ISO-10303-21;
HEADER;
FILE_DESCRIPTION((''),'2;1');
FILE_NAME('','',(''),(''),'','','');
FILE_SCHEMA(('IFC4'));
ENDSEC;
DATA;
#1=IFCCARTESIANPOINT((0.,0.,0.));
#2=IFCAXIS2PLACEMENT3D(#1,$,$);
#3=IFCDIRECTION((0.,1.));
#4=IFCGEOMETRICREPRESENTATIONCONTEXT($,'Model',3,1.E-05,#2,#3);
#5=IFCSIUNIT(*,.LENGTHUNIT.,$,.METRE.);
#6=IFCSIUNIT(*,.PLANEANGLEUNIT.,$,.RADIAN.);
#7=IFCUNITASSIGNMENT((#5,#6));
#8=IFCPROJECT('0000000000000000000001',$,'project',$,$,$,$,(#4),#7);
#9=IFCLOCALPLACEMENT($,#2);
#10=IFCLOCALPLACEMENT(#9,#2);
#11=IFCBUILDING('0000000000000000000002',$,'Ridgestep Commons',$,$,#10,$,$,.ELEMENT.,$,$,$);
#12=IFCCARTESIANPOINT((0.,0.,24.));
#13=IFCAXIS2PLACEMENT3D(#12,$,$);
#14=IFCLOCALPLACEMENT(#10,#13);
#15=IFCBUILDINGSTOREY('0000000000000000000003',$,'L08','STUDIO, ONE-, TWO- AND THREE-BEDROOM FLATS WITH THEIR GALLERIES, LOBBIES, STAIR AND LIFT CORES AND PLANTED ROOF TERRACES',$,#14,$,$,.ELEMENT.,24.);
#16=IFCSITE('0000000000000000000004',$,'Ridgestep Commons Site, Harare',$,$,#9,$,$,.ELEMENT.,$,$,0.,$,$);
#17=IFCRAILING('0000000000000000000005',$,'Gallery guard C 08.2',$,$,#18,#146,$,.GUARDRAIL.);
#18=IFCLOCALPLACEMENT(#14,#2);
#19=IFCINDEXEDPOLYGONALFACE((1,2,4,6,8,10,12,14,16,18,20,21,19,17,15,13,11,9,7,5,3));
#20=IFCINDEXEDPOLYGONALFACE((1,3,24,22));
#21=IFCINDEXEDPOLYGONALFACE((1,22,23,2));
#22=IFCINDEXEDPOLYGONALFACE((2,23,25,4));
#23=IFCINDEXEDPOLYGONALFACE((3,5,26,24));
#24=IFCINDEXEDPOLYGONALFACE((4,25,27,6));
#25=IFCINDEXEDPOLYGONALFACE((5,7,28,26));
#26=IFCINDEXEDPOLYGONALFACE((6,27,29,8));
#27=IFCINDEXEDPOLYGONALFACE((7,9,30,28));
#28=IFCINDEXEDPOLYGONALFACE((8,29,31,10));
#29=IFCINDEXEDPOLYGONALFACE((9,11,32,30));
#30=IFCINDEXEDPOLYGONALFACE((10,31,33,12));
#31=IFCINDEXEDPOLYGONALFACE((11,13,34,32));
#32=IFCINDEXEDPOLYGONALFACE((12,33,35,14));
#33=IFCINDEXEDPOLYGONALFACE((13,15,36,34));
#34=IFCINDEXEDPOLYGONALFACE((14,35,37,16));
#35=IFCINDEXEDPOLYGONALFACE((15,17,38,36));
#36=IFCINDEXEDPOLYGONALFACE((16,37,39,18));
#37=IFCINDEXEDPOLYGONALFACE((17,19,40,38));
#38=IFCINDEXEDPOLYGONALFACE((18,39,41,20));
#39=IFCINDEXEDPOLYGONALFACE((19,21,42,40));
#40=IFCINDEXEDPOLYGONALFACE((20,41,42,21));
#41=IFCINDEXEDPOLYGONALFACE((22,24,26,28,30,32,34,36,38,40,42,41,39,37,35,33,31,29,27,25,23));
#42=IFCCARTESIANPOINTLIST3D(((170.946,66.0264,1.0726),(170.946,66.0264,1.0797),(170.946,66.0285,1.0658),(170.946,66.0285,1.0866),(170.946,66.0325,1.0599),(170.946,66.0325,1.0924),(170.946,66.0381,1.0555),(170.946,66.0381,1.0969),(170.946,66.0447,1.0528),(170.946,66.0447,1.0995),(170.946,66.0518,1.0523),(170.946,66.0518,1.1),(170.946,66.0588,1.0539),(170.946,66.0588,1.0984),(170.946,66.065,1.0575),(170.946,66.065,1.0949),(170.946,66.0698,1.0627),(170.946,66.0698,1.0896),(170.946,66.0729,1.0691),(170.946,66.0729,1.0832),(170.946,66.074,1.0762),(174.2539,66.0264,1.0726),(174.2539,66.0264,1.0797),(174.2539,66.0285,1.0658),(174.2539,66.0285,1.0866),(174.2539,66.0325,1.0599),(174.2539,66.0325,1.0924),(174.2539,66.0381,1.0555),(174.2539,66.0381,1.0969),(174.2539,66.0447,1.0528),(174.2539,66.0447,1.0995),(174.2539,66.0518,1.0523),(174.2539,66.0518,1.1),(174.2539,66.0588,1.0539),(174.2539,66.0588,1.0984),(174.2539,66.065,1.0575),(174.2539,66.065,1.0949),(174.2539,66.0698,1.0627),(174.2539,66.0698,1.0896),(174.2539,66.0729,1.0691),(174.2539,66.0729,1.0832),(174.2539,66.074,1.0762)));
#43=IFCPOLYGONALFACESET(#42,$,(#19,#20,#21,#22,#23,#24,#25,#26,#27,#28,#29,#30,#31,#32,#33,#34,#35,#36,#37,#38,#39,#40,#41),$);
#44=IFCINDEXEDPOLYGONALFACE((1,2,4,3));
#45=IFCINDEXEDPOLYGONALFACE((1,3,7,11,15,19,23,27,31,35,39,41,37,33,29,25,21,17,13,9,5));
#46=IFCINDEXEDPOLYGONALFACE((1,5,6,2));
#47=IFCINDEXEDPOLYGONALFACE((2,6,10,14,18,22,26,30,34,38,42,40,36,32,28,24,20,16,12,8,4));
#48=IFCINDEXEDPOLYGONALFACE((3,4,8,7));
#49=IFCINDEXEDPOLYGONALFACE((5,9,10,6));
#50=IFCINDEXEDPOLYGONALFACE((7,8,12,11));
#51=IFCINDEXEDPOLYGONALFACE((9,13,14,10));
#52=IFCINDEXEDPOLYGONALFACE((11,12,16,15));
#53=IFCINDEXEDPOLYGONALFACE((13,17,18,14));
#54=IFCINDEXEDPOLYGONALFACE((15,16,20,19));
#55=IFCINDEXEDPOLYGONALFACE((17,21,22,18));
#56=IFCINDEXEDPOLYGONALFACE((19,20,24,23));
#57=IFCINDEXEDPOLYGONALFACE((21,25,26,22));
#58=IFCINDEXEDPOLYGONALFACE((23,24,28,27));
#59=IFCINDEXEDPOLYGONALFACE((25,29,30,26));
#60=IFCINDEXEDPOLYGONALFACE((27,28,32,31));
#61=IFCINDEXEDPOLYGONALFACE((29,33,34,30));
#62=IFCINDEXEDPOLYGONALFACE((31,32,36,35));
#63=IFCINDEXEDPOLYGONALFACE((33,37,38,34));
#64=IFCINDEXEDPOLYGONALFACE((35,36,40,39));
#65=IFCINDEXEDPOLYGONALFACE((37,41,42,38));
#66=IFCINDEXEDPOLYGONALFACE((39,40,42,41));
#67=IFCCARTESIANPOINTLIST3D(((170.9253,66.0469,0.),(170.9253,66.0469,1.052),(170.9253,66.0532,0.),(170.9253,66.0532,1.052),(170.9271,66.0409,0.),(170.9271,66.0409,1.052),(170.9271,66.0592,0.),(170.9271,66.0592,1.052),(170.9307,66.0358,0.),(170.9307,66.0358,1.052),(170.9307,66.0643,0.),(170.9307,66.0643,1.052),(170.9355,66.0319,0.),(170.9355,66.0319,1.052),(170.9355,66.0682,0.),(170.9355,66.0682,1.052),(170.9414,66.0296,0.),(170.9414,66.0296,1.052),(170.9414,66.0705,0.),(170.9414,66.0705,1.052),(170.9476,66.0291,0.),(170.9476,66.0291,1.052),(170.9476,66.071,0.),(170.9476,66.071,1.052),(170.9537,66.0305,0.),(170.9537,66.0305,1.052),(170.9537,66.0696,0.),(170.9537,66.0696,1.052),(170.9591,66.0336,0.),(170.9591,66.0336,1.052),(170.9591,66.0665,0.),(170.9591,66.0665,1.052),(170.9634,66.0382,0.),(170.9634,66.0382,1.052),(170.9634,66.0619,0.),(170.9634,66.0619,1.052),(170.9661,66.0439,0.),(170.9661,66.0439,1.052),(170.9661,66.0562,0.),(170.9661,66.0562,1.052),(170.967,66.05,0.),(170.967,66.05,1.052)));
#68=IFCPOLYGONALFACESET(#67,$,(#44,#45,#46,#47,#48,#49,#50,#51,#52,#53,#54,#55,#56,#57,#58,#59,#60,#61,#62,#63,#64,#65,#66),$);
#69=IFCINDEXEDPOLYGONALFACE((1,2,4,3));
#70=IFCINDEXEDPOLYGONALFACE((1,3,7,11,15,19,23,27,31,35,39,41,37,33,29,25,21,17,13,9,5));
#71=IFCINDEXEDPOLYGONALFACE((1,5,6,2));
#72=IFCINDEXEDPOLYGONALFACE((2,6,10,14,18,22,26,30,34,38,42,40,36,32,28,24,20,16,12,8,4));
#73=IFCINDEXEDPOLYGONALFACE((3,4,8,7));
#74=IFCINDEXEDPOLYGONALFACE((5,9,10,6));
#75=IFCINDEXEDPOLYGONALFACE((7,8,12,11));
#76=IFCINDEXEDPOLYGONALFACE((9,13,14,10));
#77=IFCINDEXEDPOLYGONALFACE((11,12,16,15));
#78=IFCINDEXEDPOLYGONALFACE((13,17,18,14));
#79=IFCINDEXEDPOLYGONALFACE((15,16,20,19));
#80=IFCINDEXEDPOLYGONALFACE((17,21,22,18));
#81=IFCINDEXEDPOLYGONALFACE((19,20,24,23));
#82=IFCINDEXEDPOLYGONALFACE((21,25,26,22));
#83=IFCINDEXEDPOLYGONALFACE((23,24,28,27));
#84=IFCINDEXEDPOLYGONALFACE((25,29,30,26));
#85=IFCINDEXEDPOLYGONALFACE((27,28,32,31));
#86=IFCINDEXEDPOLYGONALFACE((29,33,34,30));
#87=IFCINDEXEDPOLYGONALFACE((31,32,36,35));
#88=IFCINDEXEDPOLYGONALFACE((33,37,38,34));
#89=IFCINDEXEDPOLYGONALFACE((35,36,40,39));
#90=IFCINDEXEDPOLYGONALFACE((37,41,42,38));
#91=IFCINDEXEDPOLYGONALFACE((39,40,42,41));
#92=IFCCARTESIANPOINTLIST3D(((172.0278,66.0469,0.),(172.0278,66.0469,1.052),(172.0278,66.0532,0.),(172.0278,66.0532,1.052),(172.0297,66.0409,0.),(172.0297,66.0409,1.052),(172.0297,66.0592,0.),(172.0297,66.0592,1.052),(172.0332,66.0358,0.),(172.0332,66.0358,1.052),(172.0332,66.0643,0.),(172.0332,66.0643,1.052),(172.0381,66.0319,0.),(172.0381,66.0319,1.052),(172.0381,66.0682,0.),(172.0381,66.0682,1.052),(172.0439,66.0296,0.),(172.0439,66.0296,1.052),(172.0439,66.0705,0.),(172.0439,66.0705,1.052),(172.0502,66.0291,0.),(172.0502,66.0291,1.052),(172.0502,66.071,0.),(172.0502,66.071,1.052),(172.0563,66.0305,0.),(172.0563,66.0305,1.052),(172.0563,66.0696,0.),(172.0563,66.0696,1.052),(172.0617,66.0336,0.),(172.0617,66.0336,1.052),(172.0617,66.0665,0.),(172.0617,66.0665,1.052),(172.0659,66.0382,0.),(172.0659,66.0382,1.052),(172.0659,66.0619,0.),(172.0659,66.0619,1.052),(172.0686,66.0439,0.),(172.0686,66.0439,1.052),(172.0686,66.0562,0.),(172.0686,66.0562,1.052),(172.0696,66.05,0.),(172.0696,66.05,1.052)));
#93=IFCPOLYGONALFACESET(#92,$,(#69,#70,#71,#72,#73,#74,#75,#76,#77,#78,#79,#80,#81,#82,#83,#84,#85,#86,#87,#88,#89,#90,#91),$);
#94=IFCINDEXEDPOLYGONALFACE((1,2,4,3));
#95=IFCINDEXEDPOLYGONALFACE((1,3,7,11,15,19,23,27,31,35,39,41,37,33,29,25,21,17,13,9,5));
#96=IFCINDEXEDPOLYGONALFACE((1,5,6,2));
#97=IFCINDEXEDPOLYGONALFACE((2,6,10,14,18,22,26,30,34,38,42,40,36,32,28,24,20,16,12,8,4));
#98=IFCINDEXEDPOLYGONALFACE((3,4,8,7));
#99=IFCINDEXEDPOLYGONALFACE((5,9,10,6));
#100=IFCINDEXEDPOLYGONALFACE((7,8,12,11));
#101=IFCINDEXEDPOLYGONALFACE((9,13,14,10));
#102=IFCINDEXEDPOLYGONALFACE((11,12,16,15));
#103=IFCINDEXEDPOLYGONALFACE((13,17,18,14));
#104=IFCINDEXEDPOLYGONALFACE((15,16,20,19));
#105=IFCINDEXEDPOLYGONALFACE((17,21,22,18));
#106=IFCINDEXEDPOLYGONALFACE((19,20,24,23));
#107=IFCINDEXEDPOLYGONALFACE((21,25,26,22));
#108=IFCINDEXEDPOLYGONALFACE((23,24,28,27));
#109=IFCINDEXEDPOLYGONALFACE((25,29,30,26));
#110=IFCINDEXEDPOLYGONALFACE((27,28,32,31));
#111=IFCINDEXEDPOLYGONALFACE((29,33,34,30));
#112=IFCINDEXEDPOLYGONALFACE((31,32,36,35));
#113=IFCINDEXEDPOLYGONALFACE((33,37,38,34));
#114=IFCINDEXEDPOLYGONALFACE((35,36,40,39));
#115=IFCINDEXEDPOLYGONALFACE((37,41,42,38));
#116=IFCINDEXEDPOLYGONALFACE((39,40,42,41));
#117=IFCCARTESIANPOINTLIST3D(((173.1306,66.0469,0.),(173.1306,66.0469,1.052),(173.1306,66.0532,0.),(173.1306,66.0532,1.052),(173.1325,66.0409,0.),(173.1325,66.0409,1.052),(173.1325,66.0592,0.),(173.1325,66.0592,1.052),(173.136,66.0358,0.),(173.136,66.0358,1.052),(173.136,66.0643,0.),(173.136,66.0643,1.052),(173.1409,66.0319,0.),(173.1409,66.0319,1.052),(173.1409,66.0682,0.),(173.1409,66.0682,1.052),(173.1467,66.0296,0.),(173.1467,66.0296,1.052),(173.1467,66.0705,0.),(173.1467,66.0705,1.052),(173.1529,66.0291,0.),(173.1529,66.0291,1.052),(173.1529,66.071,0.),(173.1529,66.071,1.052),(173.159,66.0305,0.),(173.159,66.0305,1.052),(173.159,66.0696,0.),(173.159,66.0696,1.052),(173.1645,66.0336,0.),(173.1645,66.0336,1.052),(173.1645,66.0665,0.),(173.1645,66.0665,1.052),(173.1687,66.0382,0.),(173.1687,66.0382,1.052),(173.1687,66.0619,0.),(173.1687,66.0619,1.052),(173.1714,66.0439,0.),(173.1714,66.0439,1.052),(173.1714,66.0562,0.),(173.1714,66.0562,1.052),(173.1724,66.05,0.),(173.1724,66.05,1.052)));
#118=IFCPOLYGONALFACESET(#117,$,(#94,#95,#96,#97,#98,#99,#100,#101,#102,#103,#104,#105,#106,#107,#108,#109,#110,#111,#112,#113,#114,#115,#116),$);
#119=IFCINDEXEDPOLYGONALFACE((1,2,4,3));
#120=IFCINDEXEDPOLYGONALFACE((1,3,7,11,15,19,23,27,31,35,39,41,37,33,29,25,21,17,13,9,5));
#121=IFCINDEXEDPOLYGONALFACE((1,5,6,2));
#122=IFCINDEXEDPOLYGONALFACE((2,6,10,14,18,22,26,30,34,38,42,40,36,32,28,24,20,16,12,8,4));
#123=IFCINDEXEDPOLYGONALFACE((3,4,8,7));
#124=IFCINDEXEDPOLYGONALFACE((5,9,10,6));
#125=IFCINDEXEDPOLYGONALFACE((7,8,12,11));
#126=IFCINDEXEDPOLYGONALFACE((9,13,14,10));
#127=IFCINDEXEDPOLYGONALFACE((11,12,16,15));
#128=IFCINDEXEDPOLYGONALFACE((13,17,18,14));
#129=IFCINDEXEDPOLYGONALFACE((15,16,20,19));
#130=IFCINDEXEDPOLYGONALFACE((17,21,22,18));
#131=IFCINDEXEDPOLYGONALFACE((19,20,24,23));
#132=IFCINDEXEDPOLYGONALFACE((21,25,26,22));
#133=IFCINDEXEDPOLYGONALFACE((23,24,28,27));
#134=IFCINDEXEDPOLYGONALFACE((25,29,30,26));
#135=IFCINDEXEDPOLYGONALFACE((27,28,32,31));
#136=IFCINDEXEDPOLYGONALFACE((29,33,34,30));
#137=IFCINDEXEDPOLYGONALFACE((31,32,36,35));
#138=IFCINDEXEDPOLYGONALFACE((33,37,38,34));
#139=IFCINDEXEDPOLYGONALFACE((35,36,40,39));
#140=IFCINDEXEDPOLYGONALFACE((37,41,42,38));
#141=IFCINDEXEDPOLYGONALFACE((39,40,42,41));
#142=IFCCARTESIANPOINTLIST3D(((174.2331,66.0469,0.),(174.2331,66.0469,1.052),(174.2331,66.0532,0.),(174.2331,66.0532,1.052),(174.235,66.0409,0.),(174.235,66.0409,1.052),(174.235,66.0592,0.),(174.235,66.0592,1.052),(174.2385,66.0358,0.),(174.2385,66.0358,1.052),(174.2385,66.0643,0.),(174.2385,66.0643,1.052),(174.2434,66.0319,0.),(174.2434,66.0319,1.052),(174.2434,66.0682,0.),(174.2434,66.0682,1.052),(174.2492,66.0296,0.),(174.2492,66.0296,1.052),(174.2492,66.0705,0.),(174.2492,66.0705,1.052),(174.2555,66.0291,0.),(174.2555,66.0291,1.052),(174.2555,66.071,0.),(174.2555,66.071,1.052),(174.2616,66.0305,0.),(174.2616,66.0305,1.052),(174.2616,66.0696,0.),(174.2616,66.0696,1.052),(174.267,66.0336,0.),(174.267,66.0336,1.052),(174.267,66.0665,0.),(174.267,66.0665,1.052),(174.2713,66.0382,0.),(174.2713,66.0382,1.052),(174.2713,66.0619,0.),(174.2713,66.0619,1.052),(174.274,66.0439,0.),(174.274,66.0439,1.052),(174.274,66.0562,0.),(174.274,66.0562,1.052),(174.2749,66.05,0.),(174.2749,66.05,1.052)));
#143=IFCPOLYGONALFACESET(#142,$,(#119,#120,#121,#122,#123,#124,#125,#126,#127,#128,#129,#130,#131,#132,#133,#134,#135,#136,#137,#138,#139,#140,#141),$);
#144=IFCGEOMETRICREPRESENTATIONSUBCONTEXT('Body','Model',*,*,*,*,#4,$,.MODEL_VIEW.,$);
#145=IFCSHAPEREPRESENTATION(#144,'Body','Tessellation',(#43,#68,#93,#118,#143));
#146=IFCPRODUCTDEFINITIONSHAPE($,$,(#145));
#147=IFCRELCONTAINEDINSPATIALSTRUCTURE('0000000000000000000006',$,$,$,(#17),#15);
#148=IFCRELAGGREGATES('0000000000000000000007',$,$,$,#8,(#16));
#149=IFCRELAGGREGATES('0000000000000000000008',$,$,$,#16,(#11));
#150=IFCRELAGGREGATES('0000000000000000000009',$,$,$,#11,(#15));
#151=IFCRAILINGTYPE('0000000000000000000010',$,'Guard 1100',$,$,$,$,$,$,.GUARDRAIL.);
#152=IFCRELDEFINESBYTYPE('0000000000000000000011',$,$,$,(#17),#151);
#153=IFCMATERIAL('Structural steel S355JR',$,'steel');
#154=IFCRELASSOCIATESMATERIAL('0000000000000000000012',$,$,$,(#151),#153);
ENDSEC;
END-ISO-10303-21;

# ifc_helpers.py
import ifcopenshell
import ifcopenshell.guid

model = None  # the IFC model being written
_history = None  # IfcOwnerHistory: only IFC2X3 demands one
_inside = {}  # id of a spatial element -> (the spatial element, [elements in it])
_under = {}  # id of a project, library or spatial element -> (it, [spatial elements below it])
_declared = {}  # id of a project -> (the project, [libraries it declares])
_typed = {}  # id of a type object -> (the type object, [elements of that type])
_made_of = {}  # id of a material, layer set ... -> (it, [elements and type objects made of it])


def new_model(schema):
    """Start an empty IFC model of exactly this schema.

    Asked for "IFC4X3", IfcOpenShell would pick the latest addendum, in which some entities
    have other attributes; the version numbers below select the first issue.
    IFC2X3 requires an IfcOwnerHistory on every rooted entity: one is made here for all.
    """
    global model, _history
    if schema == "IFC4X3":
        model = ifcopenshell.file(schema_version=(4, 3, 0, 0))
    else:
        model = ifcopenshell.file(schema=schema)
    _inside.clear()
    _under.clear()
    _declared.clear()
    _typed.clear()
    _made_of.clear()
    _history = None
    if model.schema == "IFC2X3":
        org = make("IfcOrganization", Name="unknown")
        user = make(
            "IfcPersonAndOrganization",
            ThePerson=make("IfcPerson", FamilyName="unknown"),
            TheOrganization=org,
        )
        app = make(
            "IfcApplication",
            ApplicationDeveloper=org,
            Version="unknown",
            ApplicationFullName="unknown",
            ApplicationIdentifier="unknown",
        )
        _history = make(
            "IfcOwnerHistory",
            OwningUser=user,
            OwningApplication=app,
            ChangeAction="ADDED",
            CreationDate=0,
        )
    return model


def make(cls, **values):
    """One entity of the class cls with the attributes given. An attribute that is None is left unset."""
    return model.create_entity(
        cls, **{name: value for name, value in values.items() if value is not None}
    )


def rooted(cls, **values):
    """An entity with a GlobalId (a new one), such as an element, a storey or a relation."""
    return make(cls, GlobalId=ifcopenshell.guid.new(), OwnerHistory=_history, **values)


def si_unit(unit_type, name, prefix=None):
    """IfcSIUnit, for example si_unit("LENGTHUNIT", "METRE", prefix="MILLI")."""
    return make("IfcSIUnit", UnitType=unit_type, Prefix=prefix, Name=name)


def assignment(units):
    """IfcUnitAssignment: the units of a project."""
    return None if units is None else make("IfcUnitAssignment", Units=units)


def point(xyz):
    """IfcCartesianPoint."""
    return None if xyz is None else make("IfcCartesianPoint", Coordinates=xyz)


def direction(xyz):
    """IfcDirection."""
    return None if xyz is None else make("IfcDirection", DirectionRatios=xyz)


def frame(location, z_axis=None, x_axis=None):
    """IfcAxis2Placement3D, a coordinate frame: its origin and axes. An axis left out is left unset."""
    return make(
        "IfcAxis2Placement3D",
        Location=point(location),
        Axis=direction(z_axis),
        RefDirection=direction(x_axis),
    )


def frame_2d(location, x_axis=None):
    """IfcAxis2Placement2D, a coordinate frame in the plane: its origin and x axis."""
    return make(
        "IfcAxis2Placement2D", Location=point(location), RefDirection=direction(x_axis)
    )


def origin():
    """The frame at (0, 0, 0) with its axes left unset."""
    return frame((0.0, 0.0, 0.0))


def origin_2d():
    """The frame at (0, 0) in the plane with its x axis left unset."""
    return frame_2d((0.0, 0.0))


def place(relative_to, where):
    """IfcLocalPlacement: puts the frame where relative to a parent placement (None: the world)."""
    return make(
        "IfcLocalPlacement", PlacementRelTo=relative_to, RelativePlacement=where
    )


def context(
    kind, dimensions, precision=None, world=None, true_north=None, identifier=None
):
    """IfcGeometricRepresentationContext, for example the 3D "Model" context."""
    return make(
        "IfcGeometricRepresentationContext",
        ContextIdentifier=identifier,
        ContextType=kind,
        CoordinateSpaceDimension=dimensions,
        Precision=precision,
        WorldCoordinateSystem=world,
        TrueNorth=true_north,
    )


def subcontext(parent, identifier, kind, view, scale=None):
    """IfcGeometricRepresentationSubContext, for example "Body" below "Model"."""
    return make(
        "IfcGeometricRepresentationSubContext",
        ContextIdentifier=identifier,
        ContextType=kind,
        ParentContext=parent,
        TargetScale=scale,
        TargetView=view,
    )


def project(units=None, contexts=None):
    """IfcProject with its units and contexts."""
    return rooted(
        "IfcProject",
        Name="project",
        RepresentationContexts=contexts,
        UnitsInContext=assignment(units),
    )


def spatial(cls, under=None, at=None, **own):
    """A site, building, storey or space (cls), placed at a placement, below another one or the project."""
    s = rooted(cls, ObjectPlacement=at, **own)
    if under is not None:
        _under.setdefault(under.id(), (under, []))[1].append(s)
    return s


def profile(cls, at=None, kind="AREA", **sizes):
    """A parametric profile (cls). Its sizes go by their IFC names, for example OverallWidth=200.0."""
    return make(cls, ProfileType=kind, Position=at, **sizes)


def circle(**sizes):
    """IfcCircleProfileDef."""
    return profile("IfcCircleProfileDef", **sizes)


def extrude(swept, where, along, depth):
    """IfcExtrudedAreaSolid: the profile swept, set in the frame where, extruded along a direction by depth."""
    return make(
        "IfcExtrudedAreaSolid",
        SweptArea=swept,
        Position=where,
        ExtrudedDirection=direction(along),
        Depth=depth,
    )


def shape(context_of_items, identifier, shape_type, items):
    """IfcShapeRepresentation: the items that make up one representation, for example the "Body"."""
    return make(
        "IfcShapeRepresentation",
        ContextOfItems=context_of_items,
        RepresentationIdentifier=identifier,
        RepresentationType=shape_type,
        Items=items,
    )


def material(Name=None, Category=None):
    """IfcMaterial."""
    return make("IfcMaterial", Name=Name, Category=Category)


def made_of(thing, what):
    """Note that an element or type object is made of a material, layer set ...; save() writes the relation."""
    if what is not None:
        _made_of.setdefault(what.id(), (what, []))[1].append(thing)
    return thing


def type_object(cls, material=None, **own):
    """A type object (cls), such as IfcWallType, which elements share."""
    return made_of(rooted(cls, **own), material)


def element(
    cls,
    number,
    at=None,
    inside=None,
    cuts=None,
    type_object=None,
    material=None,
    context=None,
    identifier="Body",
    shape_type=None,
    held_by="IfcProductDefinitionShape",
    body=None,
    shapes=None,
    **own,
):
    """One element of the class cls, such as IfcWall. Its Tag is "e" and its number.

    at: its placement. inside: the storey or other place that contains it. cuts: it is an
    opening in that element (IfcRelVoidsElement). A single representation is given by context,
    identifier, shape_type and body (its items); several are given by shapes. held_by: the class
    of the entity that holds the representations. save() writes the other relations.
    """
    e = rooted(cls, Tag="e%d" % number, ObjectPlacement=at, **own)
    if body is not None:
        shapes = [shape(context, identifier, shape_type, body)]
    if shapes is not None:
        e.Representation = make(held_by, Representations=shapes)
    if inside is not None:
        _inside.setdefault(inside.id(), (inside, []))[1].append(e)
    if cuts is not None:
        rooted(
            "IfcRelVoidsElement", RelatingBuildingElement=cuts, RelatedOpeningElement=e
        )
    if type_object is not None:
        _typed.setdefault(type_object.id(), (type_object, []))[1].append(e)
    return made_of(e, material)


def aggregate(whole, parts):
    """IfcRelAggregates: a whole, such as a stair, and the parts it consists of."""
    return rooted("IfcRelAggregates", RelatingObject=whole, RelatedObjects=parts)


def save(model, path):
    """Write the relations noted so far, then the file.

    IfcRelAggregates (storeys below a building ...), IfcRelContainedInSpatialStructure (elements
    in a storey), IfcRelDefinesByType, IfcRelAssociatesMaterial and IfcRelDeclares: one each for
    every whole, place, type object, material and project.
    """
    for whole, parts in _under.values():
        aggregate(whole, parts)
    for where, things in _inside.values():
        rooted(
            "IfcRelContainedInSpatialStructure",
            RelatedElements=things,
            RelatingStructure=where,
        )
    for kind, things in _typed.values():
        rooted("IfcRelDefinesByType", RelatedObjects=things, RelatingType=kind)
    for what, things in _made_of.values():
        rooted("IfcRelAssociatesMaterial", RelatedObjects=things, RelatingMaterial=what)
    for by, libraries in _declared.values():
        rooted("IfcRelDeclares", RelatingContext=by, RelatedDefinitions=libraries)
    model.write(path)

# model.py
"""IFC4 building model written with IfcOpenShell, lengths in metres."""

from ifc_helpers import new_model, si_unit, direction, frame, origin, origin_2d, place, context, subcontext, project, spatial, circle, extrude, material, type_object, element, save


model = new_model("IFC4")

# Units and contexts
model_context = context("Model", 3, precision=1e-05, world=origin(), true_north=direction((0.0, 1.0)))
body_context = subcontext(model_context, "Body", "Model", "MODEL_VIEW")
ifc_project = project(units=[si_unit("LENGTHUNIT", "METRE"), si_unit("PLANEANGLEUNIT", "RADIAN")], contexts=[model_context])

# Site, building, storey
site_placement = place(None, origin())
site = spatial("IfcSite", under=ifc_project, at=site_placement, Name="Ridgestep Commons Site, Harare", CompositionType="ELEMENT", RefElevation=0.0)
building_placement = place(site_placement, origin())
building = spatial("IfcBuilding", under=site, at=building_placement, Name="Ridgestep Commons", CompositionType="ELEMENT")
storey_placement = place(building_placement, frame((0.0, 0.0, 24.0)))
storey = spatial("IfcBuildingStorey", under=building, at=storey_placement, Name="L08", Description="STUDIO, ONE-, TWO- AND THREE-BEDROOM FLATS WITH THEIR GALLERIES, LOBBIES, STAIR AND LIFT CORES AND PLANTED ROOF TERRACES", CompositionType="ELEMENT", Elevation=24.0)

# Railing
ifc_material_1 = material(Name="Structural steel S355JR", Category="steel")
railing_type_1 = type_object("IfcRailingType", Name="Guard 1100", PredefinedType="GUARDRAIL", material=ifc_material_1)
railing_1_placement = place(storey_placement, frame((170.946, 66.05, 0.0)))
element("IfcRailing", 1, at=railing_1_placement, inside=storey, type_object=railing_type_1, Name="Gallery guard C 08.2", PredefinedType="GUARDRAIL", context=body_context, shape_type="SweptSolid", body=[
    extrude(circle(Radius=0.0239, at=origin_2d()), frame((0.0, 0.0, 1.0762), z_axis=(1.0, 0.0, 0.0), x_axis=(0.0, 1.0, 0.0)), (0.0, 0.0, 1.0), 3.3079),
    extrude(circle(Radius=0.021, at=origin_2d()), origin(), (0.0, 0.0, 1.0), 1.052),
    extrude(circle(Radius=0.021, at=origin_2d()), frame((1.1025, 0.0, 0.0)), (0.0, 0.0, 1.0), 1.052),
    extrude(circle(Radius=0.021, at=origin_2d()), frame((2.2053, 0.0, 0.0)), (0.0, 0.0, 1.0), 1.052),
    extrude(circle(Radius=0.021, at=origin_2d()), frame((3.3079, 0.0, 0.0)), (0.0, 0.0, 1.0), 1.052),
])

save(model, "model.ifc")
